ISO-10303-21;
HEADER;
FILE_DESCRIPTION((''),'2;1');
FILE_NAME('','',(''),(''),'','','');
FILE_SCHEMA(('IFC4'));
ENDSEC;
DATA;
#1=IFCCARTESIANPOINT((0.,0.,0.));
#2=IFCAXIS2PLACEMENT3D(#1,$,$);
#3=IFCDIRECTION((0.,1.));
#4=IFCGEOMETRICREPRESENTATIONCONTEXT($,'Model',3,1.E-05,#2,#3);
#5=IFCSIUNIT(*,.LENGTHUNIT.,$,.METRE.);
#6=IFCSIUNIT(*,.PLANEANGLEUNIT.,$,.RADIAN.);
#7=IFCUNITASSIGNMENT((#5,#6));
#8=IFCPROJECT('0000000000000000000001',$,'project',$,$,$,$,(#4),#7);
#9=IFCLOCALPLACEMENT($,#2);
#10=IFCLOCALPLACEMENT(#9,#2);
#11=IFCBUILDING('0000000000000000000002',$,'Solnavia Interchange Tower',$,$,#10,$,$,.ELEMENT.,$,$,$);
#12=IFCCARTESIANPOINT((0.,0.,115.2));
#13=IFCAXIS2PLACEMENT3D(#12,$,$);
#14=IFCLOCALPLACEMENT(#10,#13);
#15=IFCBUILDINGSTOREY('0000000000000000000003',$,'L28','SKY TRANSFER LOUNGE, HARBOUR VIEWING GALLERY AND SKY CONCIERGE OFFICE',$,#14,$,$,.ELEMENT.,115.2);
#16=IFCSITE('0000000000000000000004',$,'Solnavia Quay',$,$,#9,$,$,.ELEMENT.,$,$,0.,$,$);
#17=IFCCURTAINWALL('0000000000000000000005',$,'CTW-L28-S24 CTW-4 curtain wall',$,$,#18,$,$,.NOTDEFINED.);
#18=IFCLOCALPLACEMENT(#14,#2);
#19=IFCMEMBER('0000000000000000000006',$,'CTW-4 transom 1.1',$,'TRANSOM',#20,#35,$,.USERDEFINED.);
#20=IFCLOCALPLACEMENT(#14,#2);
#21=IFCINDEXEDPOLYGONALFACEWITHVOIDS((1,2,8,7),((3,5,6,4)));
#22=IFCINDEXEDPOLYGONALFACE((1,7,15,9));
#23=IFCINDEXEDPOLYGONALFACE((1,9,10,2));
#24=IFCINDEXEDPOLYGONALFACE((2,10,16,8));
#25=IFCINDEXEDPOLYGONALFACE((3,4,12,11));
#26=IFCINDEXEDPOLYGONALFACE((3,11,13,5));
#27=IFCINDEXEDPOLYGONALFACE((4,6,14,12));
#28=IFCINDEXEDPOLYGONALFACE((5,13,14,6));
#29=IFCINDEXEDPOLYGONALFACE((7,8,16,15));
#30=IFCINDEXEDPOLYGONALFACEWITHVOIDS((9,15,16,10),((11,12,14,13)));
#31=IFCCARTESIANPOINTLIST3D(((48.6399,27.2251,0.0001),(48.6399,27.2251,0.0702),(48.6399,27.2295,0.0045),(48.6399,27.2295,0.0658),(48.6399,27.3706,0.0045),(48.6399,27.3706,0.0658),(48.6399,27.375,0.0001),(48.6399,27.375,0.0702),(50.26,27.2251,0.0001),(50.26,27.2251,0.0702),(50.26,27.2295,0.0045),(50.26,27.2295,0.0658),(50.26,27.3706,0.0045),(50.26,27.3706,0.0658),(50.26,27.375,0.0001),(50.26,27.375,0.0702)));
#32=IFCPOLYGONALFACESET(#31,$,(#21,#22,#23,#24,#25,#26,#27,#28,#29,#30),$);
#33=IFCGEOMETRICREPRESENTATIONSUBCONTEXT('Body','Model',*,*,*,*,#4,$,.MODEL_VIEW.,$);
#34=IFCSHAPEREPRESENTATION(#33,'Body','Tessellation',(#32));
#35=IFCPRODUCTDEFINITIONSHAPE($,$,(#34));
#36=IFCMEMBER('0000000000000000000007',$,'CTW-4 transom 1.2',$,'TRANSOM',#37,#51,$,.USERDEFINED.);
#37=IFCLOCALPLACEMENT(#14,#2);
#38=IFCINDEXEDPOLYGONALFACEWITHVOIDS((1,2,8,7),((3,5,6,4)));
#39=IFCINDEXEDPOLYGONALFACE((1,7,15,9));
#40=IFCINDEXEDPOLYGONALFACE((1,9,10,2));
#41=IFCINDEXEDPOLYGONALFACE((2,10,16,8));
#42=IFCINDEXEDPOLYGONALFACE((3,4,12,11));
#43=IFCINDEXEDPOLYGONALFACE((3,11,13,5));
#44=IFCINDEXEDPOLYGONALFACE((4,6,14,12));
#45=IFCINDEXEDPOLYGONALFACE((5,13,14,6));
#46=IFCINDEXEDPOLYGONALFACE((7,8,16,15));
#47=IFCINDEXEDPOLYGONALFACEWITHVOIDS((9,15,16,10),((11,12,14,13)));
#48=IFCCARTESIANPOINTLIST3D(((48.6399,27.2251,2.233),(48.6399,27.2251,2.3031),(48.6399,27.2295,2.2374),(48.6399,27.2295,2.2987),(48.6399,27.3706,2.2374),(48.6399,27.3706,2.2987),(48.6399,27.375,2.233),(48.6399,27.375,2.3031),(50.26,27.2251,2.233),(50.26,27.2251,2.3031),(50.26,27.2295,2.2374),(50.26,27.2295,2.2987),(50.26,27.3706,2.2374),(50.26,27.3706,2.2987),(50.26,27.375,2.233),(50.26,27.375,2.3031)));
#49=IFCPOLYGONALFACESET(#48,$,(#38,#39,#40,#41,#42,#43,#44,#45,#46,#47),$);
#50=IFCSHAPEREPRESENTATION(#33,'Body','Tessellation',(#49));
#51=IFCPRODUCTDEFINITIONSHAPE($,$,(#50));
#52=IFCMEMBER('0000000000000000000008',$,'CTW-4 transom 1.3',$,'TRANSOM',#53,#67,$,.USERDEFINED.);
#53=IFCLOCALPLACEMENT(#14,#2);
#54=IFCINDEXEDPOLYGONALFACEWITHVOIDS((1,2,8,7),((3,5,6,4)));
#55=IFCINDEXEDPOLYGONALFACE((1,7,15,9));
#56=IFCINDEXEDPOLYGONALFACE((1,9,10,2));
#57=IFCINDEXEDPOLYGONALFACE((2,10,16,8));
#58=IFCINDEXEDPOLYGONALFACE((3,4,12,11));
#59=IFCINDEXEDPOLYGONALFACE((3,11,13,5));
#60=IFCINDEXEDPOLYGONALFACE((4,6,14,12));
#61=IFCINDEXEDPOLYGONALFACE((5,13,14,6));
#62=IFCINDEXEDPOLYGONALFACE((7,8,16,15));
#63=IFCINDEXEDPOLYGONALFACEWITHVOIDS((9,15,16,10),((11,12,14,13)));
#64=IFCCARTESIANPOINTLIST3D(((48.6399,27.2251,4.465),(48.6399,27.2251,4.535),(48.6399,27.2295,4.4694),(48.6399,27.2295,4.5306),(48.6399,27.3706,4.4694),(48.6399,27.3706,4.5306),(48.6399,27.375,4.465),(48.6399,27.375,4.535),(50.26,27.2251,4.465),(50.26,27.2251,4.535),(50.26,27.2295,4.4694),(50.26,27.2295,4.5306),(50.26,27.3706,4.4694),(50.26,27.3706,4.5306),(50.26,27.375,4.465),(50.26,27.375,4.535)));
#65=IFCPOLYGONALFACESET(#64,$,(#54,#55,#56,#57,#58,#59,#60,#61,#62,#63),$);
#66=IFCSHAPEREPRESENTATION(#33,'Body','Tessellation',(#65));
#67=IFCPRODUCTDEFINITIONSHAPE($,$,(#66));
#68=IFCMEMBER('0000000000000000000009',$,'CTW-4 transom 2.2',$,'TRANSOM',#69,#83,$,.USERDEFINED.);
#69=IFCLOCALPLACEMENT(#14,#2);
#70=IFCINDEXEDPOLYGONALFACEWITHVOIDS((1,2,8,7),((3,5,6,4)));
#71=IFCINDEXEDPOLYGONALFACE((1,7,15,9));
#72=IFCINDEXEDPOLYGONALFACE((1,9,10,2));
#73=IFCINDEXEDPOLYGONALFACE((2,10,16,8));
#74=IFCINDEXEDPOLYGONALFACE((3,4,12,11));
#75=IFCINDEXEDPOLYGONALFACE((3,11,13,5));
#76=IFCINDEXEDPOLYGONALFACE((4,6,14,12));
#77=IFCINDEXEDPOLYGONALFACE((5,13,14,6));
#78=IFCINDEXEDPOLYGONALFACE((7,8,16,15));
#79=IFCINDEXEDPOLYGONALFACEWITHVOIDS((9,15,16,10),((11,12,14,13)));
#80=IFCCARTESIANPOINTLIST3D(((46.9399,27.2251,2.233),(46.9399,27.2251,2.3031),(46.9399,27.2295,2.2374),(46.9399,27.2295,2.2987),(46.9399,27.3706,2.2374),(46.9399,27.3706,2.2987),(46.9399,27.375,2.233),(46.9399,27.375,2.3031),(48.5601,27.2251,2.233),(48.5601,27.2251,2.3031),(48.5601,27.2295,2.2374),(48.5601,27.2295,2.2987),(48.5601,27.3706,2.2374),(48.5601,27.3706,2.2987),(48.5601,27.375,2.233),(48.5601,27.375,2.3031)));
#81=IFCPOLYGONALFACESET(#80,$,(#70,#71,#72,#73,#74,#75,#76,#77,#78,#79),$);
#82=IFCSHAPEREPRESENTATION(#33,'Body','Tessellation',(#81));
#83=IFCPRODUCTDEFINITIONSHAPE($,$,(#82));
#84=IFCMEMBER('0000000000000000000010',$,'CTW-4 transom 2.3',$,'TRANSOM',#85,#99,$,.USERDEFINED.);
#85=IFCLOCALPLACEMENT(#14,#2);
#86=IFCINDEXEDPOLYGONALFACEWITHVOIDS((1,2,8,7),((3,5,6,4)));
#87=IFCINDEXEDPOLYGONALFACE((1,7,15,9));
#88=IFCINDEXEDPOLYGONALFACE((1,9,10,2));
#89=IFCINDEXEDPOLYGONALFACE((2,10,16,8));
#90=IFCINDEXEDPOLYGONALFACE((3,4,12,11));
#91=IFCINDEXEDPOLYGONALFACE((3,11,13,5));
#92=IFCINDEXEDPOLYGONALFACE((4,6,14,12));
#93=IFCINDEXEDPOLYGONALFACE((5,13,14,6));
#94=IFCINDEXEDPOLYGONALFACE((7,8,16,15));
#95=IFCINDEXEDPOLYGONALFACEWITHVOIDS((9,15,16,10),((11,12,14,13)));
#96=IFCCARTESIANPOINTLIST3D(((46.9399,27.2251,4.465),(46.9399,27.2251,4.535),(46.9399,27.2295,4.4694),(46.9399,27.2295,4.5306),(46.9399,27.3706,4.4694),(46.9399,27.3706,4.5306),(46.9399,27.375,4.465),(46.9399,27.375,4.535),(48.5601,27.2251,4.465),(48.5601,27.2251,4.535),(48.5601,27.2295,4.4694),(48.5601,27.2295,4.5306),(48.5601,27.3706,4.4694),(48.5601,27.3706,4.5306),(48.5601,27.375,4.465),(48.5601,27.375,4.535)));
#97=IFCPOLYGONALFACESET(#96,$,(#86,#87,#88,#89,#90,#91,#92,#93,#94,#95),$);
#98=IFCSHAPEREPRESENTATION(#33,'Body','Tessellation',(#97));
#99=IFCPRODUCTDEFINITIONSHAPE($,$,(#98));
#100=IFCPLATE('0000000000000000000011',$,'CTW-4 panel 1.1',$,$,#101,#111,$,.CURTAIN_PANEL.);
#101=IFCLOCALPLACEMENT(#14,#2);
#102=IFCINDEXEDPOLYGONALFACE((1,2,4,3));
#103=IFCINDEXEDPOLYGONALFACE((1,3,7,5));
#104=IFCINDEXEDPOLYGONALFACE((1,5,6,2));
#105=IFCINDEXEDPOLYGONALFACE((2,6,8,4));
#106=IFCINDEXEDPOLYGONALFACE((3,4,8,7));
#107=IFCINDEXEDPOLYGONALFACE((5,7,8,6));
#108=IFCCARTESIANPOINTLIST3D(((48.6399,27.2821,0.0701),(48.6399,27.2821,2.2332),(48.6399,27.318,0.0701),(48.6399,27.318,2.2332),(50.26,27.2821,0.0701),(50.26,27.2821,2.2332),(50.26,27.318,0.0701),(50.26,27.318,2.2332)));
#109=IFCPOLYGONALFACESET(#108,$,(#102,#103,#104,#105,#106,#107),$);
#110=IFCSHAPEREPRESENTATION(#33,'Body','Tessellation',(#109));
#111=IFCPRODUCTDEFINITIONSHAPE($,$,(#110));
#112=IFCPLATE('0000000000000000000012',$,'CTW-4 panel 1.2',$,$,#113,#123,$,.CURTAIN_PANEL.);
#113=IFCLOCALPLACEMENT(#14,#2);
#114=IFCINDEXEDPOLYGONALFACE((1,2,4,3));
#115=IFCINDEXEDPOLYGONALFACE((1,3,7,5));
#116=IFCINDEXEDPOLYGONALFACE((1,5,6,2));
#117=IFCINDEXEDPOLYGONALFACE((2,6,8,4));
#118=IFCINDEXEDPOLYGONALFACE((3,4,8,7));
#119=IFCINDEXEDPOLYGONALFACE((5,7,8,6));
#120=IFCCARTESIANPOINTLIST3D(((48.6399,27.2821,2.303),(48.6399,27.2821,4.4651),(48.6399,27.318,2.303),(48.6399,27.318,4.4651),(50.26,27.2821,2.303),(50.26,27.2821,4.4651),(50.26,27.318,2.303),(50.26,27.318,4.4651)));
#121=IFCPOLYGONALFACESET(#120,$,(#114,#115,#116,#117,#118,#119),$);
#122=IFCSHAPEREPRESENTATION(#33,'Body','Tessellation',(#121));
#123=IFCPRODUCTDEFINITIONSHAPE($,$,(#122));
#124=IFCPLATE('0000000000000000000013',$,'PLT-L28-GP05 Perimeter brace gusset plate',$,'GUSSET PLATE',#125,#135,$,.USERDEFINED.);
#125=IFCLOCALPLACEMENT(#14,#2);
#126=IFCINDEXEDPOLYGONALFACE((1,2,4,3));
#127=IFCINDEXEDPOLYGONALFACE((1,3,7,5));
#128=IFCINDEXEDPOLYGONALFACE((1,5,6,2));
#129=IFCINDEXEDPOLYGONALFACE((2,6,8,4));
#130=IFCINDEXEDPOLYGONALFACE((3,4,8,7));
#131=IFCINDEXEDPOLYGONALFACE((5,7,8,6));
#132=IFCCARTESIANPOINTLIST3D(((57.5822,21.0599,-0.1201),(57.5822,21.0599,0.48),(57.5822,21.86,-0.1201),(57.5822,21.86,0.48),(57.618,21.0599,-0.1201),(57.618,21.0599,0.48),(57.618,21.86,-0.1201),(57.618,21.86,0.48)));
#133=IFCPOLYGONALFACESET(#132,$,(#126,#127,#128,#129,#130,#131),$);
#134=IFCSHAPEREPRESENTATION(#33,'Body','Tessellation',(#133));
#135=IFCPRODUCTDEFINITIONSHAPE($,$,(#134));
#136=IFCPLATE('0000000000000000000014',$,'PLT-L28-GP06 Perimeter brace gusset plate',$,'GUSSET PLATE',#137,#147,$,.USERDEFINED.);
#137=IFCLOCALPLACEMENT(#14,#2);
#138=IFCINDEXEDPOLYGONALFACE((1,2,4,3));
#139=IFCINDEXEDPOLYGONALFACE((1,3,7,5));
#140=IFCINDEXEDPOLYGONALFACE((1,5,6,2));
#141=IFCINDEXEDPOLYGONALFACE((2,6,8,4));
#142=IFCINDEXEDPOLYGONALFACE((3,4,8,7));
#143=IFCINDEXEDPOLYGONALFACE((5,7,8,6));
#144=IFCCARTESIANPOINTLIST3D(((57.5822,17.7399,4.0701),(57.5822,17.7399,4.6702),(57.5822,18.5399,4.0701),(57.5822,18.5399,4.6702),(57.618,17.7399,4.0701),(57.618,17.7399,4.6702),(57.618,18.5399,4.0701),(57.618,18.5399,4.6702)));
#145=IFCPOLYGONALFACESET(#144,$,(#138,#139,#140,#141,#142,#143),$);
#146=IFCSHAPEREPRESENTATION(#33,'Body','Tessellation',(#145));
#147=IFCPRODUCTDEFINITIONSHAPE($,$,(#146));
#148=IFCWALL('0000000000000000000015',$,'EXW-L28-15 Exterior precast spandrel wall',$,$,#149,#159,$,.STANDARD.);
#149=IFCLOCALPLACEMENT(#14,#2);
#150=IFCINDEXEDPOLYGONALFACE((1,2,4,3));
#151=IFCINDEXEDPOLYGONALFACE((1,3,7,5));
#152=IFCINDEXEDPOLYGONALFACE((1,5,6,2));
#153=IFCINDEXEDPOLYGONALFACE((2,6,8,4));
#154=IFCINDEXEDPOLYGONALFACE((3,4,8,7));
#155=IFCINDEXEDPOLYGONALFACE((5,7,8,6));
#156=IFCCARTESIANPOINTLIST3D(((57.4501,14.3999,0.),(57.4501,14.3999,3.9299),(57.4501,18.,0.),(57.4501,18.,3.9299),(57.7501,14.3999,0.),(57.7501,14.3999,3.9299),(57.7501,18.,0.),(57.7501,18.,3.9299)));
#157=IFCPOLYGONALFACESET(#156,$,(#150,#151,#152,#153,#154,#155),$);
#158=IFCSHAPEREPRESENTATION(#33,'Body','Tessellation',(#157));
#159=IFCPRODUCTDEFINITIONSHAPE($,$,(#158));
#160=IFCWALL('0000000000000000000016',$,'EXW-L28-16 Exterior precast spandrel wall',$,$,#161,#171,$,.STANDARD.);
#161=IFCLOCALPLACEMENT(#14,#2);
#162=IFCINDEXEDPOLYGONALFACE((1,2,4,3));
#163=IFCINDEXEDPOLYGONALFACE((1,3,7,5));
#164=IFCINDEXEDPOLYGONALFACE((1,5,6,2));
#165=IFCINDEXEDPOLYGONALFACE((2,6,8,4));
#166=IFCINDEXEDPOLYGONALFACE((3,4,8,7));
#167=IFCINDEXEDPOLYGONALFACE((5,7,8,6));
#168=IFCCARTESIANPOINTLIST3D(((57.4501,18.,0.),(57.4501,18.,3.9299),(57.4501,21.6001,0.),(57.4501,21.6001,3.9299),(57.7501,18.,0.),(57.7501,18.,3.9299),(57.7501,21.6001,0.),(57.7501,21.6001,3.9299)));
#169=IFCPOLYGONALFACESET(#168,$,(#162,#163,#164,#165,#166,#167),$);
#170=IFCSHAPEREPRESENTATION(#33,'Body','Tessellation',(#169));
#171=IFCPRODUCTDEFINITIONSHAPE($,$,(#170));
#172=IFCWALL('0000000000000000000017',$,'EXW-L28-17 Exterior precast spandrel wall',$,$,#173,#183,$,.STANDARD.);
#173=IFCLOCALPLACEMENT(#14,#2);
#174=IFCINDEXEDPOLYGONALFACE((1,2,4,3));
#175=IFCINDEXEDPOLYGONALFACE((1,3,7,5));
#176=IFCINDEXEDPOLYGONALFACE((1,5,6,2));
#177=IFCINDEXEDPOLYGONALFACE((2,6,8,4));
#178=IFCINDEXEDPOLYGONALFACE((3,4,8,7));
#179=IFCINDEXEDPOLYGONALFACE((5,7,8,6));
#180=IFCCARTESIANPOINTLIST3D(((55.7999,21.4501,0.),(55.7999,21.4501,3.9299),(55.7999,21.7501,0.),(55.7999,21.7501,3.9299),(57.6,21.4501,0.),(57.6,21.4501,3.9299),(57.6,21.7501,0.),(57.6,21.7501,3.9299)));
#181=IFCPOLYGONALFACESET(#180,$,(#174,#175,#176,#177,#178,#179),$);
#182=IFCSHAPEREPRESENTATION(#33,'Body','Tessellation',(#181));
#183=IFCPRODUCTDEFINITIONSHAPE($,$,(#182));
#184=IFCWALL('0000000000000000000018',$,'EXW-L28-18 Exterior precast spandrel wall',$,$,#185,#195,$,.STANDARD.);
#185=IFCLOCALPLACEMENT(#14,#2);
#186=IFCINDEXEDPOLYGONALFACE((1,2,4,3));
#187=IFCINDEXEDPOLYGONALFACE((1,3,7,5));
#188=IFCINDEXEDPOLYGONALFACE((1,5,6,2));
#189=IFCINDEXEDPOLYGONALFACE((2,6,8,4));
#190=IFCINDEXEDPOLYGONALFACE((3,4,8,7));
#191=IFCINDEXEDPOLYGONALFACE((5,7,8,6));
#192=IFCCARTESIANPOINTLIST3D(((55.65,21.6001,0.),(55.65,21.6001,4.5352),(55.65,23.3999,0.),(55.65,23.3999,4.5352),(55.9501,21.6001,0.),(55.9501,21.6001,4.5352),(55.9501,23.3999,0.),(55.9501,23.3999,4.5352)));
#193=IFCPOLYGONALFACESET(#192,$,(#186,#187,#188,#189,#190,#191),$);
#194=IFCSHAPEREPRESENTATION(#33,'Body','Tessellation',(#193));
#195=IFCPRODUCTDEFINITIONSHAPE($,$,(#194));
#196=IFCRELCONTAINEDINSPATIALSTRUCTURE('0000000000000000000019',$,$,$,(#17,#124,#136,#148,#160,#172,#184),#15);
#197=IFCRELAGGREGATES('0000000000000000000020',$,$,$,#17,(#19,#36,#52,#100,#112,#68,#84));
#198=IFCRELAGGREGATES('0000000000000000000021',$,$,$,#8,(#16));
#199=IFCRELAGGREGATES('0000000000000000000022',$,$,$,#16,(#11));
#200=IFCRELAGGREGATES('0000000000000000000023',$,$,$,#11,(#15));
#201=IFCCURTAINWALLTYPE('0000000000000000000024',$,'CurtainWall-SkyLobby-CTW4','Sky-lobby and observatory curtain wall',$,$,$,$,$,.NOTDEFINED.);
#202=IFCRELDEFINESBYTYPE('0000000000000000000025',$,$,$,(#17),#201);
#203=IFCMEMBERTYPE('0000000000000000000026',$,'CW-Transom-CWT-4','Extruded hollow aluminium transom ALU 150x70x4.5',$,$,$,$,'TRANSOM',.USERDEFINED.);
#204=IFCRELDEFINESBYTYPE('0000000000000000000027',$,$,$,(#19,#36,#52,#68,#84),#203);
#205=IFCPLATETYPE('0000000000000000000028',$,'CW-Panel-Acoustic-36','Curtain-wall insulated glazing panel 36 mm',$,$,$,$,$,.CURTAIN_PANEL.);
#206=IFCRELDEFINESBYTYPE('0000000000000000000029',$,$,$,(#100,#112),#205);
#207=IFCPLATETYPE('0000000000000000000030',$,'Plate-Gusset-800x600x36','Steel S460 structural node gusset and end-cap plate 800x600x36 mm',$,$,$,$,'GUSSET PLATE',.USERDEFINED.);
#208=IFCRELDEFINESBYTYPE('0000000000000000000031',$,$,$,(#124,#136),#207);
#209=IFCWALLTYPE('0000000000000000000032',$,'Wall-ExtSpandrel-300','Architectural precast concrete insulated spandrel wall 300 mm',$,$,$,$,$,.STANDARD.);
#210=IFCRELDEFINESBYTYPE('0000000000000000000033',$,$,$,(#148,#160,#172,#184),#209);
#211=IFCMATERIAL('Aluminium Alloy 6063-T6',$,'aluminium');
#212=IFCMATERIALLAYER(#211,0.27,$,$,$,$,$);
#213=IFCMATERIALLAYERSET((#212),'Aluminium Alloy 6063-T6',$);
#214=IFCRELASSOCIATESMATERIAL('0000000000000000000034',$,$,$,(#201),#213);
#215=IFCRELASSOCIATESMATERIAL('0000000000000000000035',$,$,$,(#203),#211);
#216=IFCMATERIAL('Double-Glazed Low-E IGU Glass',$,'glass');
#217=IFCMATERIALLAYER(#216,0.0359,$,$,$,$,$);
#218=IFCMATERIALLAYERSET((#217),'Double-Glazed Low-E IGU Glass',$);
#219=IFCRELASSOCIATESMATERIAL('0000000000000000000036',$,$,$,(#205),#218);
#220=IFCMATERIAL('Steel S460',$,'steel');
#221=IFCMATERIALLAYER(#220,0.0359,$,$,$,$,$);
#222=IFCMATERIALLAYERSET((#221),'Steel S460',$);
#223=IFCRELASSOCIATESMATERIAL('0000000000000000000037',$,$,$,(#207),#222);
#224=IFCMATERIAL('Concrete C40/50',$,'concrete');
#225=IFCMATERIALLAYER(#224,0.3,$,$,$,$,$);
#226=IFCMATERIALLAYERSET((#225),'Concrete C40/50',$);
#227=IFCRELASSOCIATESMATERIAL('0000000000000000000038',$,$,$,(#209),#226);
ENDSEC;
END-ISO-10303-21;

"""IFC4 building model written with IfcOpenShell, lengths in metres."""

from ifc_helpers import new_model, si_unit, direction, frame, frame_2d, origin, origin_2d, place, context, subcontext, project, spatial, rectangle, hollow_rectangle, extrude, material, layer, layer_set, material_profile, profile_set, type_object, element, aggregate, save


model = new_model("IFC4")

# Units and contexts
model_context = context("Model", 3, precision=1e-05, world=origin(), true_north=direction((0.0, 1.0)))
body_context = subcontext(model_context, "Body", "Model", "MODEL_VIEW")
ifc_project = project(units=[si_unit("LENGTHUNIT", "METRE"), si_unit("PLANEANGLEUNIT", "RADIAN")], contexts=[model_context])

# Site, building, storey
site_placement = place(None, origin())
site = spatial("IfcSite", under=ifc_project, at=site_placement, Name="Solnavia Quay", CompositionType="ELEMENT", RefElevation=0.0)
building_placement = place(site_placement, origin())
building = spatial("IfcBuilding", under=site, at=building_placement, Name="Solnavia Interchange Tower", CompositionType="ELEMENT")
storey_placement = place(building_placement, frame((0.0, 0.0, 115.2)))
storey = spatial("IfcBuildingStorey", under=building, at=storey_placement, Name="L28", Description="SKY TRANSFER LOUNGE, HARBOUR VIEWING GALLERY AND SKY CONCIERGE OFFICE", CompositionType="ELEMENT", Elevation=115.2)

# Shared definitions
ifc_material_1 = material(Name="Steel S460", Category="steel")

# Curtain wall, members, plates
ifc_material_2 = material(Name="Aluminium Alloy 6063-T6", Category="aluminium")
ifc_layer_1 = layer(ifc_material_2, 0.27)
ifc_layer_set_1 = layer_set([ifc_layer_1], Name="Aluminium Alloy 6063-T6")
curtain_wall_type = type_object("IfcCurtainWallType", Name="CurtainWall-SkyLobby-CTW4", Description="Sky-lobby and observatory curtain wall", PredefinedType="NOTDEFINED", material=ifc_layer_set_1)
curtain_wall_placement = place(storey_placement, origin())
curtain_wall = element("IfcCurtainWall", 1, at=curtain_wall_placement, inside=storey, type_object=curtain_wall_type, Name="CTW-L28-S24 CTW-4 curtain wall", PredefinedType="NOTDEFINED")
ifc_material_profile_1 = material_profile(ifc_material_2, hollow_rectangle(XDim=0.0701, YDim=0.1499, WallThickness=0.0044, at=origin_2d()), Name="ALU 150x70x4.5")
ifc_profile_set_1 = profile_set([ifc_material_profile_1], Name="Aluminium Alloy 6063-T6")
member_type_1 = type_object("IfcMemberType", Name="CW-Transom-CWT-4", Description="Extruded hollow aluminium transom ALU 150x70x4.5", ElementType="TRANSOM", PredefinedType="USERDEFINED", material=ifc_profile_set_1)
member_1_placement = place(storey_placement, frame((50.26, 27.3, 0.0352), z_axis=(-1.0, 0.0, 0.0), x_axis=(0.0, 0.0, 1.0)))
member_1 = element("IfcMember", 2, at=member_1_placement, type_object=member_type_1, Name="CTW-4 transom 1.1", ObjectType="TRANSOM", PredefinedType="USERDEFINED", context=body_context, shape_type="SweptSolid", body=[
    extrude(hollow_rectangle(XDim=0.0701, YDim=0.1499, WallThickness=0.0044, at=origin_2d()), origin(), (0.0, 0.0, 1.0), 1.6201),
])
member_2_placement = place(storey_placement, frame((50.26, 27.3, 2.2681), z_axis=(-1.0, 0.0, 0.0), x_axis=(0.0, 0.0, 1.0)))
member_2 = element("IfcMember", 3, at=member_2_placement, type_object=member_type_1, Name="CTW-4 transom 1.2", ObjectType="TRANSOM", PredefinedType="USERDEFINED", context=body_context, shape_type="SweptSolid", body=[
    extrude(hollow_rectangle(XDim=0.0701, YDim=0.1499, WallThickness=0.0044, at=origin_2d()), origin(), (0.0, 0.0, 1.0), 1.6201),
])
member_3_placement = place(storey_placement, frame((50.26, 27.3, 4.5), z_axis=(-1.0, 0.0, 0.0), x_axis=(0.0, 0.0, 1.0)))
member_3 = element("IfcMember", 4, at=member_3_placement, type_object=member_type_1, Name="CTW-4 transom 1.3", ObjectType="TRANSOM", PredefinedType="USERDEFINED", context=body_context, shape_type="SweptSolid", body=[
    extrude(hollow_rectangle(XDim=0.0701, YDim=0.1499, WallThickness=0.0044, at=origin_2d()), origin(), (0.0, 0.0, 1.0), 1.6201),
])
member_4_placement = place(storey_placement, frame((48.5601, 27.3, 2.2681), z_axis=(-1.0, 0.0, 0.0), x_axis=(0.0, 0.0, 1.0)))
member_4 = element("IfcMember", 5, at=member_4_placement, type_object=member_type_1, Name="CTW-4 transom 2.2", ObjectType="TRANSOM", PredefinedType="USERDEFINED", context=body_context, shape_type="SweptSolid", body=[
    extrude(hollow_rectangle(XDim=0.0701, YDim=0.1499, WallThickness=0.0044, at=origin_2d()), origin(), (0.0, 0.0, 1.0), 1.6201),
])
member_5_placement = place(storey_placement, frame((48.5601, 27.3, 4.5), z_axis=(-1.0, 0.0, 0.0), x_axis=(0.0, 0.0, 1.0)))
member_5 = element("IfcMember", 6, at=member_5_placement, type_object=member_type_1, Name="CTW-4 transom 2.3", ObjectType="TRANSOM", PredefinedType="USERDEFINED", context=body_context, shape_type="SweptSolid", body=[
    extrude(hollow_rectangle(XDim=0.0701, YDim=0.1499, WallThickness=0.0044, at=origin_2d()), origin(), (0.0, 0.0, 1.0), 1.6201),
])
ifc_material_3 = material(Name="Double-Glazed Low-E IGU Glass", Category="glass")
ifc_layer_2 = layer(ifc_material_3, 0.0359)
ifc_layer_set_2 = layer_set([ifc_layer_2], Name="Double-Glazed Low-E IGU Glass")
plate_type_1 = type_object("IfcPlateType", Name="CW-Panel-Acoustic-36", Description="Curtain-wall insulated glazing panel 36 mm", PredefinedType="CURTAIN_PANEL", material=ifc_layer_set_2)
plate_1_placement = place(storey_placement, frame((49.45, 27.3, 0.0701), z_axis=(0.0, 0.0, 1.0), x_axis=(-1.0, 0.0, 0.0)))
plate_1 = element("IfcPlate", 7, at=plate_1_placement, type_object=plate_type_1, Name="CTW-4 panel 1.1", PredefinedType="CURTAIN_PANEL", context=body_context, shape_type="SweptSolid", body=[
    extrude(rectangle(XDim=1.6201, YDim=0.0359, at=origin_2d()), origin(), (0.0, 0.0, 1.0), 2.1631),
])
plate_2_placement = place(storey_placement, frame((49.45, 27.3, 2.303), z_axis=(0.0, 0.0, 1.0), x_axis=(-1.0, 0.0, 0.0)))
plate_2 = element("IfcPlate", 8, at=plate_2_placement, type_object=plate_type_1, Name="CTW-4 panel 1.2", PredefinedType="CURTAIN_PANEL", context=body_context, shape_type="SweptSolid", body=[
    extrude(rectangle(XDim=1.6201, YDim=0.0359, at=origin_2d()), origin(), (0.0, 0.0, 1.0), 2.1621),
])
aggregate(curtain_wall, [member_1, member_2, member_3, plate_1, plate_2, member_4, member_5])

# Plates
ifc_layer_3 = layer(ifc_material_1, 0.0359)
ifc_layer_set_3 = layer_set([ifc_layer_3], Name="Steel S460")
plate_type_2 = type_object("IfcPlateType", Name="Plate-Gusset-800x600x36", Description="Steel S460 structural node gusset and end-cap plate 800x600x36 mm", ElementType="GUSSET PLATE", PredefinedType="USERDEFINED", material=ifc_layer_set_3)
for number, where, z_axis, x_axis, name in (
    (9, (57.6001, 21.46, -0.1201), (0.0, 0.0, 1.0), (0.0, -1.0, 0.0), "PLT-L28-GP05 Perimeter brace gusset plate"),
    (10, (57.6001, 18.1399, 4.0701), (0.0, 0.0, 1.0), (0.0, -1.0, 0.0), "PLT-L28-GP06 Perimeter brace gusset plate"),
):
    element("IfcPlate", number, at=place(storey_placement, frame(where, z_axis=z_axis, x_axis=x_axis)), inside=storey, type_object=plate_type_2, Name=name, ObjectType="GUSSET PLATE", PredefinedType="USERDEFINED", context=body_context, shape_type="SweptSolid", body=[
        extrude(rectangle(XDim=0.8, YDim=0.0359, at=origin_2d()), origin(), (0.0, 0.0, 1.0), 0.6001),
    ])

# Walls
ifc_material_4 = material(Name="Concrete C40/50", Category="concrete")
ifc_layer_4 = layer(ifc_material_4, 0.3)
ifc_layer_set_4 = layer_set([ifc_layer_4], Name="Concrete C40/50")
wall_type = type_object("IfcWallType", Name="Wall-ExtSpandrel-300", Description="Architectural precast concrete insulated spandrel wall 300 mm", PredefinedType="STANDARD", material=ifc_layer_set_4)
for number, where, z_axis, x_axis, name in (
    (11, (57.6001, 18.0, 0.0), (0.0, 0.0, 1.0), (0.0, -1.0, 0.0), "EXW-L28-15 Exterior precast spandrel wall"),
    (12, (57.6001, 21.6001, 0.0), (0.0, 0.0, 1.0), (0.0, -1.0, 0.0), "EXW-L28-16 Exterior precast spandrel wall"),
):
    element("IfcWall", number, at=place(storey_placement, frame(where, z_axis=z_axis, x_axis=x_axis)), inside=storey, type_object=wall_type, Name=name, PredefinedType="STANDARD", context=body_context, shape_type="SweptSolid", body=[
        extrude(rectangle(XDim=3.6001, YDim=0.3, at=frame_2d((1.8, 0.0))), origin(), (0.0, 0.0, 1.0), 3.9299),
    ])
wall_1_placement = place(storey_placement, frame((55.8, 21.6001, 0.0), z_axis=(0.0, 0.0, 1.0), x_axis=(1.0, 0.0, 0.0)))
element("IfcWall", 13, at=wall_1_placement, inside=storey, type_object=wall_type, Name="EXW-L28-17 Exterior precast spandrel wall", PredefinedType="STANDARD", context=body_context, shape_type="SweptSolid", body=[
    extrude(rectangle(XDim=1.8, YDim=0.3, at=frame_2d((0.8999, 0.0))), origin(), (0.0, 0.0, 1.0), 3.9299),
])
wall_2_placement = place(storey_placement, frame((55.8, 23.3999, 0.0), z_axis=(0.0, 0.0, 1.0), x_axis=(0.0, -1.0, 0.0)))
element("IfcWall", 14, at=wall_2_placement, inside=storey, type_object=wall_type, Name="EXW-L28-18 Exterior precast spandrel wall", PredefinedType="STANDARD", context=body_context, shape_type="SweptSolid", body=[
    extrude(rectangle(XDim=1.7998, YDim=0.3, at=frame_2d((0.8999, 0.0))), origin(), (0.0, 0.0, 1.0), 4.5352),
])

save(model, "model.ifc")
